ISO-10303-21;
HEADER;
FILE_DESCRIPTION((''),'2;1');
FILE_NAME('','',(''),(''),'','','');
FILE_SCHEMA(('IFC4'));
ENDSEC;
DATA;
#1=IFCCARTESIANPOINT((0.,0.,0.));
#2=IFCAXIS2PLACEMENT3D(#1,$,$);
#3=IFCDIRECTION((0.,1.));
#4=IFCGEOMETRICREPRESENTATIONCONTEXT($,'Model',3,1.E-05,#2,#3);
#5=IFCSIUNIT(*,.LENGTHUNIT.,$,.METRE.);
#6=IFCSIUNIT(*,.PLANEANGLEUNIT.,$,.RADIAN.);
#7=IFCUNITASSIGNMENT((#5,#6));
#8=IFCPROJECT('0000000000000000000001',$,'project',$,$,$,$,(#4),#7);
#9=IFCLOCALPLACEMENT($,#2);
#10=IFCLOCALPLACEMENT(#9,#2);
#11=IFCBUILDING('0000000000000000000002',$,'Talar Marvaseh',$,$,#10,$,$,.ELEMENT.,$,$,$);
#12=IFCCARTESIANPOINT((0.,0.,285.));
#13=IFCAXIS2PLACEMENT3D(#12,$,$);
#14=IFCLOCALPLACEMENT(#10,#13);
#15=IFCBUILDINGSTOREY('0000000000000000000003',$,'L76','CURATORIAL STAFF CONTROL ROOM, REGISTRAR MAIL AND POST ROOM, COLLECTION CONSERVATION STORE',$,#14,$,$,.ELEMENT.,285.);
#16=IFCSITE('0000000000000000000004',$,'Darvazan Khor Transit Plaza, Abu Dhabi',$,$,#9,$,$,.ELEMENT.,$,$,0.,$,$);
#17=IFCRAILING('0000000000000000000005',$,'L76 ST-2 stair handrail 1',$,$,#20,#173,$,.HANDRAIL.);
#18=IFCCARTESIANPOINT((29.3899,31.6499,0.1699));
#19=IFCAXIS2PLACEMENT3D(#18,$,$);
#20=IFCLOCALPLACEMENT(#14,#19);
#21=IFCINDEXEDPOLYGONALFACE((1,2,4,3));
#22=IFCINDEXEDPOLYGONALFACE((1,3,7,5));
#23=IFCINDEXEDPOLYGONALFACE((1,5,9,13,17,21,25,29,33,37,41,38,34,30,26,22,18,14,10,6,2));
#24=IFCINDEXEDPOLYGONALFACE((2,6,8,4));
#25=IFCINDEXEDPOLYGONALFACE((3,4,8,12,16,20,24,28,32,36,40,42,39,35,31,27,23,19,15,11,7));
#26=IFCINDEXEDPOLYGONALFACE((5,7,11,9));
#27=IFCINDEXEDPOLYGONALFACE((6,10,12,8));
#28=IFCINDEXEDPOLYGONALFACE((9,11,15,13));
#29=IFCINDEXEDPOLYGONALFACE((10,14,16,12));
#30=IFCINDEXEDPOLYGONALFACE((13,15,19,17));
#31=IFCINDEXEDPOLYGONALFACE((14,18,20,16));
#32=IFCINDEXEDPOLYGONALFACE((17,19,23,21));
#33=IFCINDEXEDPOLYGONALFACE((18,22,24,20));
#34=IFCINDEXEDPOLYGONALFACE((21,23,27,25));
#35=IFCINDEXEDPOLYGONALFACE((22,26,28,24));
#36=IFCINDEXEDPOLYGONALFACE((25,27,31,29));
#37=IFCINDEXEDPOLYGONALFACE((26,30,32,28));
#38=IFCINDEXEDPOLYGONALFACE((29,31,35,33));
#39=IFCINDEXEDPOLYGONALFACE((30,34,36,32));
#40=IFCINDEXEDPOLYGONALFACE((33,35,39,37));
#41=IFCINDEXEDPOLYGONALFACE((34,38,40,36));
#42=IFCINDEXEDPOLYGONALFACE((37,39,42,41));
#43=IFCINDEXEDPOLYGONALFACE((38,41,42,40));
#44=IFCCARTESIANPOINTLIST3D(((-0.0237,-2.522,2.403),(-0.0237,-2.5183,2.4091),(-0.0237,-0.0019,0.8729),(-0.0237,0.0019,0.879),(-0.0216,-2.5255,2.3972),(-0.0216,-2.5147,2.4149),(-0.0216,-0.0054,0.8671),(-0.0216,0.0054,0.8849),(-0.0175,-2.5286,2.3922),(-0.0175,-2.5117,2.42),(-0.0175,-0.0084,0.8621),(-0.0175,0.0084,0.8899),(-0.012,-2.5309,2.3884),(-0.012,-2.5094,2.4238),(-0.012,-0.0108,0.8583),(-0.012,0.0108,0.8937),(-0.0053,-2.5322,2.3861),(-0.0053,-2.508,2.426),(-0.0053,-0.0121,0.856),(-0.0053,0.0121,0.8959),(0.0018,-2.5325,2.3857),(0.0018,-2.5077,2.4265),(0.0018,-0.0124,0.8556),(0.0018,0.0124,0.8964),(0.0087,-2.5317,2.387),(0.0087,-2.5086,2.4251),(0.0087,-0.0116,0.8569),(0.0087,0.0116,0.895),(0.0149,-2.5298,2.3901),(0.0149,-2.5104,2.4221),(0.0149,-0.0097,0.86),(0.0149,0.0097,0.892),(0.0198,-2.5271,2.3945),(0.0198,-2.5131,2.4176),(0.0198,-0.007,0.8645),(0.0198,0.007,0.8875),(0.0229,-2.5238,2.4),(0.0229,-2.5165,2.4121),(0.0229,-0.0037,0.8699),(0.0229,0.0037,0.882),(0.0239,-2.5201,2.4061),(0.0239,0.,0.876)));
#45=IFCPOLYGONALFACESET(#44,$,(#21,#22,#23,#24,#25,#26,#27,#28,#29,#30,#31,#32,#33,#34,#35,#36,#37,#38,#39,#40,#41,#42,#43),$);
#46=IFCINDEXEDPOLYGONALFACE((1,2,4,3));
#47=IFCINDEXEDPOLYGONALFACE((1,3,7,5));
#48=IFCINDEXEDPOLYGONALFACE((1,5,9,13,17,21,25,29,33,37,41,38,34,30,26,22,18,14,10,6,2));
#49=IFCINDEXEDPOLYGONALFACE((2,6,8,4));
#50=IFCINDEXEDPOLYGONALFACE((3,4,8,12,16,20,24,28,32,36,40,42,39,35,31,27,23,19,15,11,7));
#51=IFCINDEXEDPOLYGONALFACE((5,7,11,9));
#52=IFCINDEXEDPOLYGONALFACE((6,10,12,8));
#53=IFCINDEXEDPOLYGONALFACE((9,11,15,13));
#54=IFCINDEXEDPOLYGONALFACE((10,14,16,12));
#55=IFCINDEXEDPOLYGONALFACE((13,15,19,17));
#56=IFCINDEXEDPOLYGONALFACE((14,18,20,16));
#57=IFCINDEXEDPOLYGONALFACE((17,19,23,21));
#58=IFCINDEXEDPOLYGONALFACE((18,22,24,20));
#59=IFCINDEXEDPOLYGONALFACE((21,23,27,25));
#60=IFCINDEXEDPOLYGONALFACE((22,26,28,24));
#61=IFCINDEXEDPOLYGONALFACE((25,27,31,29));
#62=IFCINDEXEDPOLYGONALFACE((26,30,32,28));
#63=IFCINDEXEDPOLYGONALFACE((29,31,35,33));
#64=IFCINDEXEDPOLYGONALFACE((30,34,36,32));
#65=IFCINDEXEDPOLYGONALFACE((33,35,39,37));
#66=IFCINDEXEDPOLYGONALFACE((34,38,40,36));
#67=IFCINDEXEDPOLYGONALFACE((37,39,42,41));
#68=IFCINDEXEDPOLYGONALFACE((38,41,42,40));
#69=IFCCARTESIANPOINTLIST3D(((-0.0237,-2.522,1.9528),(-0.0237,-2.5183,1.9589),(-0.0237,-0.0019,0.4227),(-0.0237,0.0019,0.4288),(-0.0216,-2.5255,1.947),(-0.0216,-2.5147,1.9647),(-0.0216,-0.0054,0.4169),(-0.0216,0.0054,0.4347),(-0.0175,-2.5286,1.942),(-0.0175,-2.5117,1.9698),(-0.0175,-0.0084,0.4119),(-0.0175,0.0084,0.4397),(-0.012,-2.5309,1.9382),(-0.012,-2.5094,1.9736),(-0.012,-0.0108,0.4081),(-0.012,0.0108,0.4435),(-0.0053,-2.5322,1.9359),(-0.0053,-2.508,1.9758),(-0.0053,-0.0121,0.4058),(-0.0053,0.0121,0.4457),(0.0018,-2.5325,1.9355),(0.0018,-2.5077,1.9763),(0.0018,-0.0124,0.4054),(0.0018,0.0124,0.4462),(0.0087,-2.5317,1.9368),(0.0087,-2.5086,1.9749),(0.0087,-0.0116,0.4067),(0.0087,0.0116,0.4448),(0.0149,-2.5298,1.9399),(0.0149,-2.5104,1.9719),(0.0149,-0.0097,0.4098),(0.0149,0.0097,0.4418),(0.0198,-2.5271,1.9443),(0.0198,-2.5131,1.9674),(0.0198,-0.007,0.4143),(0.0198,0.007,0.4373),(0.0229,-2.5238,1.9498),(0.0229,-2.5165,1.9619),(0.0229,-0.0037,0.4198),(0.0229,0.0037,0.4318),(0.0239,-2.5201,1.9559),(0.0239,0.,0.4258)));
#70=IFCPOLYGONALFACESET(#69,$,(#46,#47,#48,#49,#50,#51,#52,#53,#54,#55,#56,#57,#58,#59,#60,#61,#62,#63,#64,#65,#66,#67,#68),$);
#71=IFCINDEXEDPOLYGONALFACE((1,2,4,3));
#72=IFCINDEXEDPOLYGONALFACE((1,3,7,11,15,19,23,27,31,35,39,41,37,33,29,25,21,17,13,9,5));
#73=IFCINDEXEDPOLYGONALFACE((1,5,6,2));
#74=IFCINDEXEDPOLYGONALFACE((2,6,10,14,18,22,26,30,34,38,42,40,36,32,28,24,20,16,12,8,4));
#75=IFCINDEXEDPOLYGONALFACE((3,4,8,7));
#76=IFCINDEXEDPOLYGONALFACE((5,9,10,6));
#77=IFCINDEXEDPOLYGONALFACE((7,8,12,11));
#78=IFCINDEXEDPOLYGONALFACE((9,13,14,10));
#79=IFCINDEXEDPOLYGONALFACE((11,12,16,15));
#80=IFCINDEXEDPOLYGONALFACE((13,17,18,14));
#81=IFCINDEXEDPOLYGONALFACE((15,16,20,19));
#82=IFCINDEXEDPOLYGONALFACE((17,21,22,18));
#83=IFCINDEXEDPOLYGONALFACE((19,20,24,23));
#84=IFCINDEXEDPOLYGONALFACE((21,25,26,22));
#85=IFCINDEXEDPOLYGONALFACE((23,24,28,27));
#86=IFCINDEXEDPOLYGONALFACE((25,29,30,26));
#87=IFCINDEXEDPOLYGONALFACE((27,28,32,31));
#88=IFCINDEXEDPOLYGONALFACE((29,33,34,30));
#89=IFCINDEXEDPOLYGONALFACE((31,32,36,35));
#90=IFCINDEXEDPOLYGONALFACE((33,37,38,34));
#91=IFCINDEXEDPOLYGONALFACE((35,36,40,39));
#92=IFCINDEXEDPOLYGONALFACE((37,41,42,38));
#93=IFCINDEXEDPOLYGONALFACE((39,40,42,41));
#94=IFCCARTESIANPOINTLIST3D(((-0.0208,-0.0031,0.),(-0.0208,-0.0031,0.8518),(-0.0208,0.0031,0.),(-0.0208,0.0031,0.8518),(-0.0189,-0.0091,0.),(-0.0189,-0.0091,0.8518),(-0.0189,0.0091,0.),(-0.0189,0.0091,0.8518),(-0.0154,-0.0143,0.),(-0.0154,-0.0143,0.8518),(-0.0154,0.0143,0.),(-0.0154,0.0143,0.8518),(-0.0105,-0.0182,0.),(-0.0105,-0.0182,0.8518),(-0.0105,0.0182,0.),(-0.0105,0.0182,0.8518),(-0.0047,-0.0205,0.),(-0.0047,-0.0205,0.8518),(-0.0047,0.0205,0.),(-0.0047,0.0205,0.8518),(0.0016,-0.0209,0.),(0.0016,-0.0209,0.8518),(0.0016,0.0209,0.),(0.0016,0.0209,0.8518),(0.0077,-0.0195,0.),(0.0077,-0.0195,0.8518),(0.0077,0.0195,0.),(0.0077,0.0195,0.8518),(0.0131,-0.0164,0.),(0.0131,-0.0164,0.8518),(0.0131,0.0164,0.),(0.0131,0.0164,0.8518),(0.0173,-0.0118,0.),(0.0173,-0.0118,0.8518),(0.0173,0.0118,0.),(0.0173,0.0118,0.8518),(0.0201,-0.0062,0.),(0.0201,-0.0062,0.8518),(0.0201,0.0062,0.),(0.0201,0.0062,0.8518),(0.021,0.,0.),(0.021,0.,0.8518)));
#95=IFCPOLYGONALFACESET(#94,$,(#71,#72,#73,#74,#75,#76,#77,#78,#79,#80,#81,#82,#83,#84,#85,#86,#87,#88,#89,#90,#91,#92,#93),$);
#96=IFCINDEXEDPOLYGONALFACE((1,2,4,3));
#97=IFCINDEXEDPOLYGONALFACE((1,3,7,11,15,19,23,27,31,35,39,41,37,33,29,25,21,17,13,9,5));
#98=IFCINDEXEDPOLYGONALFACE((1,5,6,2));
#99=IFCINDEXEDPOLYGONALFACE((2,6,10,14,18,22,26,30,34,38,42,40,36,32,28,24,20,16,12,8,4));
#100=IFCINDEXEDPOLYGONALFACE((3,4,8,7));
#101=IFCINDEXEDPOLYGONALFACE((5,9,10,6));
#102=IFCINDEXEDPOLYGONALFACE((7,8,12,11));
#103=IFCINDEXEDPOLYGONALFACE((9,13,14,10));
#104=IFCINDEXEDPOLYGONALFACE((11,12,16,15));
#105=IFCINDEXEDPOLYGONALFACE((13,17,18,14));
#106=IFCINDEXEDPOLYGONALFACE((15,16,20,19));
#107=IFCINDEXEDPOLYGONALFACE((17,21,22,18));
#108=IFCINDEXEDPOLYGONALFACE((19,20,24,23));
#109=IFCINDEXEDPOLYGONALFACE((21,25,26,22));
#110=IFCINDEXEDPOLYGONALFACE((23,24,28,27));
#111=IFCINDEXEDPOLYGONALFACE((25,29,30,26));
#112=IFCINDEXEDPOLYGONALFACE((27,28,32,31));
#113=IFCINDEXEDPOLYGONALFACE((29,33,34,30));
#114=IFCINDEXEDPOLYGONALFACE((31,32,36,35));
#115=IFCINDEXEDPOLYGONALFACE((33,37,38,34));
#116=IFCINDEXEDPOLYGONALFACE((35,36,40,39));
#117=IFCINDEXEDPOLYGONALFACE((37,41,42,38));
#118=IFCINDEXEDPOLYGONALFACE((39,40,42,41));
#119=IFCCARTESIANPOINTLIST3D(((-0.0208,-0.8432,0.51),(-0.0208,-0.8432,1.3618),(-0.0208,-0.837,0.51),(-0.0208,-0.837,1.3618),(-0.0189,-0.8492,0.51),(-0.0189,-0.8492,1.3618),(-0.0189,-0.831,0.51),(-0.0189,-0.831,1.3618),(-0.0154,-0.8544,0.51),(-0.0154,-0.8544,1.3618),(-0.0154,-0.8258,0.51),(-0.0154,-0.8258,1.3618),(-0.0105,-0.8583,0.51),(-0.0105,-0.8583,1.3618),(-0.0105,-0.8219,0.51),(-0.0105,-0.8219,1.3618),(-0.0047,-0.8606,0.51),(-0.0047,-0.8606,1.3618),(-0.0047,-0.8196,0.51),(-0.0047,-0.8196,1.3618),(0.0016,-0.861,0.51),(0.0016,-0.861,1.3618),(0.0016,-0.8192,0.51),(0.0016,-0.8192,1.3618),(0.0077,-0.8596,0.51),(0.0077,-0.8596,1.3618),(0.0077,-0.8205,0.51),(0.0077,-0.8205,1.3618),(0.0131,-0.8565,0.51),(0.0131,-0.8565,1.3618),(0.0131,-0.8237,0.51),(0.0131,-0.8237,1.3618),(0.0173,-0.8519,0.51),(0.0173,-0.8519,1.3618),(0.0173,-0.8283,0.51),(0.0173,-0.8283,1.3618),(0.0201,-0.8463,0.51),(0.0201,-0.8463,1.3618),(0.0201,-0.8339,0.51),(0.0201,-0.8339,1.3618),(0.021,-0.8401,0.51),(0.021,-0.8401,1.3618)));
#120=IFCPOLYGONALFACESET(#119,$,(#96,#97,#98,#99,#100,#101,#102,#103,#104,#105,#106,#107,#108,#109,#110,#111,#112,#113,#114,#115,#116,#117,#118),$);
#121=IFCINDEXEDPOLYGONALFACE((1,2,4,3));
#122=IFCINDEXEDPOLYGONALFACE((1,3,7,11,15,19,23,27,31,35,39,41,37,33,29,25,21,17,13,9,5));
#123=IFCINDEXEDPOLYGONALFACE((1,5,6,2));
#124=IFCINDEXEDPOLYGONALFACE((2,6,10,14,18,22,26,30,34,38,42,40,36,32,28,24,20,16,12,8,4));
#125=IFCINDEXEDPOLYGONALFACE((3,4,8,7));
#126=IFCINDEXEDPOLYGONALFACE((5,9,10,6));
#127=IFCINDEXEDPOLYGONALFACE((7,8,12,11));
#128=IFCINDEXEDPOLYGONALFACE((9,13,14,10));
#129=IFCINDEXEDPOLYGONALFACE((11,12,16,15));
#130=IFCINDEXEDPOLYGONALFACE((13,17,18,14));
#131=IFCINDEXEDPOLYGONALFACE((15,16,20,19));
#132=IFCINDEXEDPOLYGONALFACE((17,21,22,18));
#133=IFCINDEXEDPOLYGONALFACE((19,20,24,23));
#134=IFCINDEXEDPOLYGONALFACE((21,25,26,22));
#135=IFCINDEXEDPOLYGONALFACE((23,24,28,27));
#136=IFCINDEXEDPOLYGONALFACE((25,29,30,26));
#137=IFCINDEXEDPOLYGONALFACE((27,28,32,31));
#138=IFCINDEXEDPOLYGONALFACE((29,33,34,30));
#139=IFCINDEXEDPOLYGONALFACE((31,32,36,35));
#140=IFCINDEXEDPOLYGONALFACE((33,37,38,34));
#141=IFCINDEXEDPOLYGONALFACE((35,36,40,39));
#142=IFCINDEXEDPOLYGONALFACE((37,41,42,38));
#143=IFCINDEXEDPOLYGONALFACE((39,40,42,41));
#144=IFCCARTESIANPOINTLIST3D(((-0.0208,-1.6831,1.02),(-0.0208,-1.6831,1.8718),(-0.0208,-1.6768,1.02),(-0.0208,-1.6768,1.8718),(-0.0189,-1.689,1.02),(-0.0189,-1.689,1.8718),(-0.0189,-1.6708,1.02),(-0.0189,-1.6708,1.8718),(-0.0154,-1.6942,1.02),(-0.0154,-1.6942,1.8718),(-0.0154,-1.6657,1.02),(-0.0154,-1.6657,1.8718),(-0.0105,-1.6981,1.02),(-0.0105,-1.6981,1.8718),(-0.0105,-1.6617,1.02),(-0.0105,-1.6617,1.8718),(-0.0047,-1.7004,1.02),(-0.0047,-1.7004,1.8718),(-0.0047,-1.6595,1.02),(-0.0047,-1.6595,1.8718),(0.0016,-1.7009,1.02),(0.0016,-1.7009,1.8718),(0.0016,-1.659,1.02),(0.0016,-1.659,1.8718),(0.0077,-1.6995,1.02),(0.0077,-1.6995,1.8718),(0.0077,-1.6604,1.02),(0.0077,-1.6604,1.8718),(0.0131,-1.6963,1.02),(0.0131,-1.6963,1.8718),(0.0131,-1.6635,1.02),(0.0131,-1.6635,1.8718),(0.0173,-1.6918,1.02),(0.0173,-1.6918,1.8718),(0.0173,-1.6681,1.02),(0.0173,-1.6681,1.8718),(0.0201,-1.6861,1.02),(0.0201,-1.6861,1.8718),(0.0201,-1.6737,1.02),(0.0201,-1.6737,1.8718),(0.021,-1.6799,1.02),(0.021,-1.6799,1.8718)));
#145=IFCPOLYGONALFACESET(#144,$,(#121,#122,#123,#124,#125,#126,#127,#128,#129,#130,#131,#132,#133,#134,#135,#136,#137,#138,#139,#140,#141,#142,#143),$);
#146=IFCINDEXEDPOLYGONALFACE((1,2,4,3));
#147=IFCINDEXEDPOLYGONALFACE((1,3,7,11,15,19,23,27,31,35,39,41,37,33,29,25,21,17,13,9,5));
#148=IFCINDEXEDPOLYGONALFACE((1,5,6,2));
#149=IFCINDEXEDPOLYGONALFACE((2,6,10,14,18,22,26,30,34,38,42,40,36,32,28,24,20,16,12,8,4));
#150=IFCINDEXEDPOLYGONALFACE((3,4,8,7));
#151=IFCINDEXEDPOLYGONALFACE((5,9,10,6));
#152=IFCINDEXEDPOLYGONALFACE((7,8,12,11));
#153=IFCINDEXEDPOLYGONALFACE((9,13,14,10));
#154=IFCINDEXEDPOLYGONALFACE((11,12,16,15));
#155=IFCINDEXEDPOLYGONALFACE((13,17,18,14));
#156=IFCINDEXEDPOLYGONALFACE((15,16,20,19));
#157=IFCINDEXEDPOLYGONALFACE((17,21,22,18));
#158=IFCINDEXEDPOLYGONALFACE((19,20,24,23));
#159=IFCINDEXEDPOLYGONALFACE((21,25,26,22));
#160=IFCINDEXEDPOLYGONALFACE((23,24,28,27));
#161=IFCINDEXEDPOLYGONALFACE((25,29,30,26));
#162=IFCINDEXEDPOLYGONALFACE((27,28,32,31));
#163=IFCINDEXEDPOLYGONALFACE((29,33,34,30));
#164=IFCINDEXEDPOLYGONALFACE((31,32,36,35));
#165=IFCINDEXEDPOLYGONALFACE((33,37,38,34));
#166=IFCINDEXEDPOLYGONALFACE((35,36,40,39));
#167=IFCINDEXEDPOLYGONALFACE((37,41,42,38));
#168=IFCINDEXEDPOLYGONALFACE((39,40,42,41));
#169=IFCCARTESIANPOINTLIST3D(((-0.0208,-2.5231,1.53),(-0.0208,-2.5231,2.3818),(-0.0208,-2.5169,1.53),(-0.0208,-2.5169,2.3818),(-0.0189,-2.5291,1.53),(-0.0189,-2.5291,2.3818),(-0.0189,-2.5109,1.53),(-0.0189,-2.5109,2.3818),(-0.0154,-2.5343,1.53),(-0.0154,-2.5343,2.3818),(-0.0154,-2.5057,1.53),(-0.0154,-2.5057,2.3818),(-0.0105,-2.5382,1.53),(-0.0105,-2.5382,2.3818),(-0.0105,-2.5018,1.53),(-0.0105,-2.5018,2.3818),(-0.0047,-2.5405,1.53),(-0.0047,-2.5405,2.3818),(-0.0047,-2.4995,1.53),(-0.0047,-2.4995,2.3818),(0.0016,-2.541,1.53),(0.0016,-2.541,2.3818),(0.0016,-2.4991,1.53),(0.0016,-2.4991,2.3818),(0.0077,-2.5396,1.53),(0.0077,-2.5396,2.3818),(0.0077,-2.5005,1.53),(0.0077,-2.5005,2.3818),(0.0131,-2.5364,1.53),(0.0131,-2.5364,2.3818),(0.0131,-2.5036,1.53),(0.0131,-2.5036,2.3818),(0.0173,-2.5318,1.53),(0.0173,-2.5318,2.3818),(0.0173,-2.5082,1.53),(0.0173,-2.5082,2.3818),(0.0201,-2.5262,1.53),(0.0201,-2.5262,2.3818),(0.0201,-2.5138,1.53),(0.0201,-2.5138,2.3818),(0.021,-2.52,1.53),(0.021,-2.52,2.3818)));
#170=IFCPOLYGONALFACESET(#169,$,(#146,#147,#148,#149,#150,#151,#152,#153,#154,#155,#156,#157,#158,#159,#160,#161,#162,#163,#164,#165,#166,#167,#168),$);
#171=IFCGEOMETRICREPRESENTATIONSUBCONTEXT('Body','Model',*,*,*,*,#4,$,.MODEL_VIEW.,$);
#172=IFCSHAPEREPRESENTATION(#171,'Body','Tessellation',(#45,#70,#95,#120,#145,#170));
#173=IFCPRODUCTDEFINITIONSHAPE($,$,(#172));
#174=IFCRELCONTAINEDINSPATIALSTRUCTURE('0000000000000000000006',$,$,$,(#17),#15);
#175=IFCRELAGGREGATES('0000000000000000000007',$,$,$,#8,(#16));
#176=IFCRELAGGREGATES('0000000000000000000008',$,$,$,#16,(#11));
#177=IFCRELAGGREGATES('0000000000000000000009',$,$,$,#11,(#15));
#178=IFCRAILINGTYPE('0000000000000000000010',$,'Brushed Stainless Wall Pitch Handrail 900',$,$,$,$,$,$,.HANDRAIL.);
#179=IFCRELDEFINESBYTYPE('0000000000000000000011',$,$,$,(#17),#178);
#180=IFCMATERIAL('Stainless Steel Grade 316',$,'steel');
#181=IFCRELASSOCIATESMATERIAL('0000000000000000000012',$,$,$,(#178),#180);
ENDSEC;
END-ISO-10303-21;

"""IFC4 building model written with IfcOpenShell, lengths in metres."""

from ifc_helpers import new_model, si_unit, direction, frame, origin, origin_2d, place, context, subcontext, project, spatial, circle, extrude, material, type_object, element, save


model = new_model("IFC4")

# Units and contexts
model_context = context("Model", 3, precision=1e-05, world=origin(), true_north=direction((0.0, 1.0)))
body_context = subcontext(model_context, "Body", "Model", "MODEL_VIEW")
ifc_project = project(units=[si_unit("LENGTHUNIT", "METRE"), si_unit("PLANEANGLEUNIT", "RADIAN")], contexts=[model_context])

# Site, building, storey
site_placement = place(None, origin())
site = spatial("IfcSite", under=ifc_project, at=site_placement, Name="Darvazan Khor Transit Plaza, Abu Dhabi", CompositionType="ELEMENT", RefElevation=0.0)
building_placement = place(site_placement, origin())
building = spatial("IfcBuilding", under=site, at=building_placement, Name="Talar Marvaseh", CompositionType="ELEMENT")
storey_placement = place(building_placement, frame((0.0, 0.0, 285.0)))
storey = spatial("IfcBuildingStorey", under=building, at=storey_placement, Name="L76", Description="CURATORIAL STAFF CONTROL ROOM, REGISTRAR MAIL AND POST ROOM, COLLECTION CONSERVATION STORE", CompositionType="ELEMENT", Elevation=285.0)

# Shared definitions
ifc_material_1 = material(Name="Stainless Steel Grade 316", Category="steel")

# Railing
railing_type_1 = type_object("IfcRailingType", Name="Brushed Stainless Wall Pitch Handrail 900", PredefinedType="HANDRAIL", material=ifc_material_1)
railing_1_placement = place(storey_placement, frame((29.3899, 31.6499, 0.1699)))
element("IfcRailing", 1, at=railing_1_placement, inside=storey, type_object=railing_type_1, Name="L76 ST-2 stair handrail 1", PredefinedType="HANDRAIL", context=body_context, shape_type="SweptSolid", body=[
    extrude(circle(Radius=0.0239, at=origin_2d()), frame((0.0, 0.0, 0.876), z_axis=(0.0, -0.854785, 0.518982), x_axis=(1.0, 0.0, 0.0)), (0.0, 0.0, 1.0), 2.9482),
    extrude(circle(Radius=0.0239, at=origin_2d()), frame((0.0, 0.0, 0.4258), z_axis=(0.0, -0.854785, 0.518982), x_axis=(1.0, 0.0, 0.0)), (0.0, 0.0, 1.0), 2.9482),
    extrude(circle(Radius=0.021, at=origin_2d()), origin(), (0.0, 0.0, 1.0), 0.8518),
    extrude(circle(Radius=0.021, at=origin_2d()), frame((0.0, -0.8401, 0.51)), (0.0, 0.0, 1.0), 0.8518),
    extrude(circle(Radius=0.021, at=origin_2d()), frame((0.0, -1.6799, 1.02)), (0.0, 0.0, 1.0), 0.8518),
    extrude(circle(Radius=0.021, at=origin_2d()), frame((0.0, -2.52, 1.53)), (0.0, 0.0, 1.0), 0.8518),
])

save(model, "model.ifc")
